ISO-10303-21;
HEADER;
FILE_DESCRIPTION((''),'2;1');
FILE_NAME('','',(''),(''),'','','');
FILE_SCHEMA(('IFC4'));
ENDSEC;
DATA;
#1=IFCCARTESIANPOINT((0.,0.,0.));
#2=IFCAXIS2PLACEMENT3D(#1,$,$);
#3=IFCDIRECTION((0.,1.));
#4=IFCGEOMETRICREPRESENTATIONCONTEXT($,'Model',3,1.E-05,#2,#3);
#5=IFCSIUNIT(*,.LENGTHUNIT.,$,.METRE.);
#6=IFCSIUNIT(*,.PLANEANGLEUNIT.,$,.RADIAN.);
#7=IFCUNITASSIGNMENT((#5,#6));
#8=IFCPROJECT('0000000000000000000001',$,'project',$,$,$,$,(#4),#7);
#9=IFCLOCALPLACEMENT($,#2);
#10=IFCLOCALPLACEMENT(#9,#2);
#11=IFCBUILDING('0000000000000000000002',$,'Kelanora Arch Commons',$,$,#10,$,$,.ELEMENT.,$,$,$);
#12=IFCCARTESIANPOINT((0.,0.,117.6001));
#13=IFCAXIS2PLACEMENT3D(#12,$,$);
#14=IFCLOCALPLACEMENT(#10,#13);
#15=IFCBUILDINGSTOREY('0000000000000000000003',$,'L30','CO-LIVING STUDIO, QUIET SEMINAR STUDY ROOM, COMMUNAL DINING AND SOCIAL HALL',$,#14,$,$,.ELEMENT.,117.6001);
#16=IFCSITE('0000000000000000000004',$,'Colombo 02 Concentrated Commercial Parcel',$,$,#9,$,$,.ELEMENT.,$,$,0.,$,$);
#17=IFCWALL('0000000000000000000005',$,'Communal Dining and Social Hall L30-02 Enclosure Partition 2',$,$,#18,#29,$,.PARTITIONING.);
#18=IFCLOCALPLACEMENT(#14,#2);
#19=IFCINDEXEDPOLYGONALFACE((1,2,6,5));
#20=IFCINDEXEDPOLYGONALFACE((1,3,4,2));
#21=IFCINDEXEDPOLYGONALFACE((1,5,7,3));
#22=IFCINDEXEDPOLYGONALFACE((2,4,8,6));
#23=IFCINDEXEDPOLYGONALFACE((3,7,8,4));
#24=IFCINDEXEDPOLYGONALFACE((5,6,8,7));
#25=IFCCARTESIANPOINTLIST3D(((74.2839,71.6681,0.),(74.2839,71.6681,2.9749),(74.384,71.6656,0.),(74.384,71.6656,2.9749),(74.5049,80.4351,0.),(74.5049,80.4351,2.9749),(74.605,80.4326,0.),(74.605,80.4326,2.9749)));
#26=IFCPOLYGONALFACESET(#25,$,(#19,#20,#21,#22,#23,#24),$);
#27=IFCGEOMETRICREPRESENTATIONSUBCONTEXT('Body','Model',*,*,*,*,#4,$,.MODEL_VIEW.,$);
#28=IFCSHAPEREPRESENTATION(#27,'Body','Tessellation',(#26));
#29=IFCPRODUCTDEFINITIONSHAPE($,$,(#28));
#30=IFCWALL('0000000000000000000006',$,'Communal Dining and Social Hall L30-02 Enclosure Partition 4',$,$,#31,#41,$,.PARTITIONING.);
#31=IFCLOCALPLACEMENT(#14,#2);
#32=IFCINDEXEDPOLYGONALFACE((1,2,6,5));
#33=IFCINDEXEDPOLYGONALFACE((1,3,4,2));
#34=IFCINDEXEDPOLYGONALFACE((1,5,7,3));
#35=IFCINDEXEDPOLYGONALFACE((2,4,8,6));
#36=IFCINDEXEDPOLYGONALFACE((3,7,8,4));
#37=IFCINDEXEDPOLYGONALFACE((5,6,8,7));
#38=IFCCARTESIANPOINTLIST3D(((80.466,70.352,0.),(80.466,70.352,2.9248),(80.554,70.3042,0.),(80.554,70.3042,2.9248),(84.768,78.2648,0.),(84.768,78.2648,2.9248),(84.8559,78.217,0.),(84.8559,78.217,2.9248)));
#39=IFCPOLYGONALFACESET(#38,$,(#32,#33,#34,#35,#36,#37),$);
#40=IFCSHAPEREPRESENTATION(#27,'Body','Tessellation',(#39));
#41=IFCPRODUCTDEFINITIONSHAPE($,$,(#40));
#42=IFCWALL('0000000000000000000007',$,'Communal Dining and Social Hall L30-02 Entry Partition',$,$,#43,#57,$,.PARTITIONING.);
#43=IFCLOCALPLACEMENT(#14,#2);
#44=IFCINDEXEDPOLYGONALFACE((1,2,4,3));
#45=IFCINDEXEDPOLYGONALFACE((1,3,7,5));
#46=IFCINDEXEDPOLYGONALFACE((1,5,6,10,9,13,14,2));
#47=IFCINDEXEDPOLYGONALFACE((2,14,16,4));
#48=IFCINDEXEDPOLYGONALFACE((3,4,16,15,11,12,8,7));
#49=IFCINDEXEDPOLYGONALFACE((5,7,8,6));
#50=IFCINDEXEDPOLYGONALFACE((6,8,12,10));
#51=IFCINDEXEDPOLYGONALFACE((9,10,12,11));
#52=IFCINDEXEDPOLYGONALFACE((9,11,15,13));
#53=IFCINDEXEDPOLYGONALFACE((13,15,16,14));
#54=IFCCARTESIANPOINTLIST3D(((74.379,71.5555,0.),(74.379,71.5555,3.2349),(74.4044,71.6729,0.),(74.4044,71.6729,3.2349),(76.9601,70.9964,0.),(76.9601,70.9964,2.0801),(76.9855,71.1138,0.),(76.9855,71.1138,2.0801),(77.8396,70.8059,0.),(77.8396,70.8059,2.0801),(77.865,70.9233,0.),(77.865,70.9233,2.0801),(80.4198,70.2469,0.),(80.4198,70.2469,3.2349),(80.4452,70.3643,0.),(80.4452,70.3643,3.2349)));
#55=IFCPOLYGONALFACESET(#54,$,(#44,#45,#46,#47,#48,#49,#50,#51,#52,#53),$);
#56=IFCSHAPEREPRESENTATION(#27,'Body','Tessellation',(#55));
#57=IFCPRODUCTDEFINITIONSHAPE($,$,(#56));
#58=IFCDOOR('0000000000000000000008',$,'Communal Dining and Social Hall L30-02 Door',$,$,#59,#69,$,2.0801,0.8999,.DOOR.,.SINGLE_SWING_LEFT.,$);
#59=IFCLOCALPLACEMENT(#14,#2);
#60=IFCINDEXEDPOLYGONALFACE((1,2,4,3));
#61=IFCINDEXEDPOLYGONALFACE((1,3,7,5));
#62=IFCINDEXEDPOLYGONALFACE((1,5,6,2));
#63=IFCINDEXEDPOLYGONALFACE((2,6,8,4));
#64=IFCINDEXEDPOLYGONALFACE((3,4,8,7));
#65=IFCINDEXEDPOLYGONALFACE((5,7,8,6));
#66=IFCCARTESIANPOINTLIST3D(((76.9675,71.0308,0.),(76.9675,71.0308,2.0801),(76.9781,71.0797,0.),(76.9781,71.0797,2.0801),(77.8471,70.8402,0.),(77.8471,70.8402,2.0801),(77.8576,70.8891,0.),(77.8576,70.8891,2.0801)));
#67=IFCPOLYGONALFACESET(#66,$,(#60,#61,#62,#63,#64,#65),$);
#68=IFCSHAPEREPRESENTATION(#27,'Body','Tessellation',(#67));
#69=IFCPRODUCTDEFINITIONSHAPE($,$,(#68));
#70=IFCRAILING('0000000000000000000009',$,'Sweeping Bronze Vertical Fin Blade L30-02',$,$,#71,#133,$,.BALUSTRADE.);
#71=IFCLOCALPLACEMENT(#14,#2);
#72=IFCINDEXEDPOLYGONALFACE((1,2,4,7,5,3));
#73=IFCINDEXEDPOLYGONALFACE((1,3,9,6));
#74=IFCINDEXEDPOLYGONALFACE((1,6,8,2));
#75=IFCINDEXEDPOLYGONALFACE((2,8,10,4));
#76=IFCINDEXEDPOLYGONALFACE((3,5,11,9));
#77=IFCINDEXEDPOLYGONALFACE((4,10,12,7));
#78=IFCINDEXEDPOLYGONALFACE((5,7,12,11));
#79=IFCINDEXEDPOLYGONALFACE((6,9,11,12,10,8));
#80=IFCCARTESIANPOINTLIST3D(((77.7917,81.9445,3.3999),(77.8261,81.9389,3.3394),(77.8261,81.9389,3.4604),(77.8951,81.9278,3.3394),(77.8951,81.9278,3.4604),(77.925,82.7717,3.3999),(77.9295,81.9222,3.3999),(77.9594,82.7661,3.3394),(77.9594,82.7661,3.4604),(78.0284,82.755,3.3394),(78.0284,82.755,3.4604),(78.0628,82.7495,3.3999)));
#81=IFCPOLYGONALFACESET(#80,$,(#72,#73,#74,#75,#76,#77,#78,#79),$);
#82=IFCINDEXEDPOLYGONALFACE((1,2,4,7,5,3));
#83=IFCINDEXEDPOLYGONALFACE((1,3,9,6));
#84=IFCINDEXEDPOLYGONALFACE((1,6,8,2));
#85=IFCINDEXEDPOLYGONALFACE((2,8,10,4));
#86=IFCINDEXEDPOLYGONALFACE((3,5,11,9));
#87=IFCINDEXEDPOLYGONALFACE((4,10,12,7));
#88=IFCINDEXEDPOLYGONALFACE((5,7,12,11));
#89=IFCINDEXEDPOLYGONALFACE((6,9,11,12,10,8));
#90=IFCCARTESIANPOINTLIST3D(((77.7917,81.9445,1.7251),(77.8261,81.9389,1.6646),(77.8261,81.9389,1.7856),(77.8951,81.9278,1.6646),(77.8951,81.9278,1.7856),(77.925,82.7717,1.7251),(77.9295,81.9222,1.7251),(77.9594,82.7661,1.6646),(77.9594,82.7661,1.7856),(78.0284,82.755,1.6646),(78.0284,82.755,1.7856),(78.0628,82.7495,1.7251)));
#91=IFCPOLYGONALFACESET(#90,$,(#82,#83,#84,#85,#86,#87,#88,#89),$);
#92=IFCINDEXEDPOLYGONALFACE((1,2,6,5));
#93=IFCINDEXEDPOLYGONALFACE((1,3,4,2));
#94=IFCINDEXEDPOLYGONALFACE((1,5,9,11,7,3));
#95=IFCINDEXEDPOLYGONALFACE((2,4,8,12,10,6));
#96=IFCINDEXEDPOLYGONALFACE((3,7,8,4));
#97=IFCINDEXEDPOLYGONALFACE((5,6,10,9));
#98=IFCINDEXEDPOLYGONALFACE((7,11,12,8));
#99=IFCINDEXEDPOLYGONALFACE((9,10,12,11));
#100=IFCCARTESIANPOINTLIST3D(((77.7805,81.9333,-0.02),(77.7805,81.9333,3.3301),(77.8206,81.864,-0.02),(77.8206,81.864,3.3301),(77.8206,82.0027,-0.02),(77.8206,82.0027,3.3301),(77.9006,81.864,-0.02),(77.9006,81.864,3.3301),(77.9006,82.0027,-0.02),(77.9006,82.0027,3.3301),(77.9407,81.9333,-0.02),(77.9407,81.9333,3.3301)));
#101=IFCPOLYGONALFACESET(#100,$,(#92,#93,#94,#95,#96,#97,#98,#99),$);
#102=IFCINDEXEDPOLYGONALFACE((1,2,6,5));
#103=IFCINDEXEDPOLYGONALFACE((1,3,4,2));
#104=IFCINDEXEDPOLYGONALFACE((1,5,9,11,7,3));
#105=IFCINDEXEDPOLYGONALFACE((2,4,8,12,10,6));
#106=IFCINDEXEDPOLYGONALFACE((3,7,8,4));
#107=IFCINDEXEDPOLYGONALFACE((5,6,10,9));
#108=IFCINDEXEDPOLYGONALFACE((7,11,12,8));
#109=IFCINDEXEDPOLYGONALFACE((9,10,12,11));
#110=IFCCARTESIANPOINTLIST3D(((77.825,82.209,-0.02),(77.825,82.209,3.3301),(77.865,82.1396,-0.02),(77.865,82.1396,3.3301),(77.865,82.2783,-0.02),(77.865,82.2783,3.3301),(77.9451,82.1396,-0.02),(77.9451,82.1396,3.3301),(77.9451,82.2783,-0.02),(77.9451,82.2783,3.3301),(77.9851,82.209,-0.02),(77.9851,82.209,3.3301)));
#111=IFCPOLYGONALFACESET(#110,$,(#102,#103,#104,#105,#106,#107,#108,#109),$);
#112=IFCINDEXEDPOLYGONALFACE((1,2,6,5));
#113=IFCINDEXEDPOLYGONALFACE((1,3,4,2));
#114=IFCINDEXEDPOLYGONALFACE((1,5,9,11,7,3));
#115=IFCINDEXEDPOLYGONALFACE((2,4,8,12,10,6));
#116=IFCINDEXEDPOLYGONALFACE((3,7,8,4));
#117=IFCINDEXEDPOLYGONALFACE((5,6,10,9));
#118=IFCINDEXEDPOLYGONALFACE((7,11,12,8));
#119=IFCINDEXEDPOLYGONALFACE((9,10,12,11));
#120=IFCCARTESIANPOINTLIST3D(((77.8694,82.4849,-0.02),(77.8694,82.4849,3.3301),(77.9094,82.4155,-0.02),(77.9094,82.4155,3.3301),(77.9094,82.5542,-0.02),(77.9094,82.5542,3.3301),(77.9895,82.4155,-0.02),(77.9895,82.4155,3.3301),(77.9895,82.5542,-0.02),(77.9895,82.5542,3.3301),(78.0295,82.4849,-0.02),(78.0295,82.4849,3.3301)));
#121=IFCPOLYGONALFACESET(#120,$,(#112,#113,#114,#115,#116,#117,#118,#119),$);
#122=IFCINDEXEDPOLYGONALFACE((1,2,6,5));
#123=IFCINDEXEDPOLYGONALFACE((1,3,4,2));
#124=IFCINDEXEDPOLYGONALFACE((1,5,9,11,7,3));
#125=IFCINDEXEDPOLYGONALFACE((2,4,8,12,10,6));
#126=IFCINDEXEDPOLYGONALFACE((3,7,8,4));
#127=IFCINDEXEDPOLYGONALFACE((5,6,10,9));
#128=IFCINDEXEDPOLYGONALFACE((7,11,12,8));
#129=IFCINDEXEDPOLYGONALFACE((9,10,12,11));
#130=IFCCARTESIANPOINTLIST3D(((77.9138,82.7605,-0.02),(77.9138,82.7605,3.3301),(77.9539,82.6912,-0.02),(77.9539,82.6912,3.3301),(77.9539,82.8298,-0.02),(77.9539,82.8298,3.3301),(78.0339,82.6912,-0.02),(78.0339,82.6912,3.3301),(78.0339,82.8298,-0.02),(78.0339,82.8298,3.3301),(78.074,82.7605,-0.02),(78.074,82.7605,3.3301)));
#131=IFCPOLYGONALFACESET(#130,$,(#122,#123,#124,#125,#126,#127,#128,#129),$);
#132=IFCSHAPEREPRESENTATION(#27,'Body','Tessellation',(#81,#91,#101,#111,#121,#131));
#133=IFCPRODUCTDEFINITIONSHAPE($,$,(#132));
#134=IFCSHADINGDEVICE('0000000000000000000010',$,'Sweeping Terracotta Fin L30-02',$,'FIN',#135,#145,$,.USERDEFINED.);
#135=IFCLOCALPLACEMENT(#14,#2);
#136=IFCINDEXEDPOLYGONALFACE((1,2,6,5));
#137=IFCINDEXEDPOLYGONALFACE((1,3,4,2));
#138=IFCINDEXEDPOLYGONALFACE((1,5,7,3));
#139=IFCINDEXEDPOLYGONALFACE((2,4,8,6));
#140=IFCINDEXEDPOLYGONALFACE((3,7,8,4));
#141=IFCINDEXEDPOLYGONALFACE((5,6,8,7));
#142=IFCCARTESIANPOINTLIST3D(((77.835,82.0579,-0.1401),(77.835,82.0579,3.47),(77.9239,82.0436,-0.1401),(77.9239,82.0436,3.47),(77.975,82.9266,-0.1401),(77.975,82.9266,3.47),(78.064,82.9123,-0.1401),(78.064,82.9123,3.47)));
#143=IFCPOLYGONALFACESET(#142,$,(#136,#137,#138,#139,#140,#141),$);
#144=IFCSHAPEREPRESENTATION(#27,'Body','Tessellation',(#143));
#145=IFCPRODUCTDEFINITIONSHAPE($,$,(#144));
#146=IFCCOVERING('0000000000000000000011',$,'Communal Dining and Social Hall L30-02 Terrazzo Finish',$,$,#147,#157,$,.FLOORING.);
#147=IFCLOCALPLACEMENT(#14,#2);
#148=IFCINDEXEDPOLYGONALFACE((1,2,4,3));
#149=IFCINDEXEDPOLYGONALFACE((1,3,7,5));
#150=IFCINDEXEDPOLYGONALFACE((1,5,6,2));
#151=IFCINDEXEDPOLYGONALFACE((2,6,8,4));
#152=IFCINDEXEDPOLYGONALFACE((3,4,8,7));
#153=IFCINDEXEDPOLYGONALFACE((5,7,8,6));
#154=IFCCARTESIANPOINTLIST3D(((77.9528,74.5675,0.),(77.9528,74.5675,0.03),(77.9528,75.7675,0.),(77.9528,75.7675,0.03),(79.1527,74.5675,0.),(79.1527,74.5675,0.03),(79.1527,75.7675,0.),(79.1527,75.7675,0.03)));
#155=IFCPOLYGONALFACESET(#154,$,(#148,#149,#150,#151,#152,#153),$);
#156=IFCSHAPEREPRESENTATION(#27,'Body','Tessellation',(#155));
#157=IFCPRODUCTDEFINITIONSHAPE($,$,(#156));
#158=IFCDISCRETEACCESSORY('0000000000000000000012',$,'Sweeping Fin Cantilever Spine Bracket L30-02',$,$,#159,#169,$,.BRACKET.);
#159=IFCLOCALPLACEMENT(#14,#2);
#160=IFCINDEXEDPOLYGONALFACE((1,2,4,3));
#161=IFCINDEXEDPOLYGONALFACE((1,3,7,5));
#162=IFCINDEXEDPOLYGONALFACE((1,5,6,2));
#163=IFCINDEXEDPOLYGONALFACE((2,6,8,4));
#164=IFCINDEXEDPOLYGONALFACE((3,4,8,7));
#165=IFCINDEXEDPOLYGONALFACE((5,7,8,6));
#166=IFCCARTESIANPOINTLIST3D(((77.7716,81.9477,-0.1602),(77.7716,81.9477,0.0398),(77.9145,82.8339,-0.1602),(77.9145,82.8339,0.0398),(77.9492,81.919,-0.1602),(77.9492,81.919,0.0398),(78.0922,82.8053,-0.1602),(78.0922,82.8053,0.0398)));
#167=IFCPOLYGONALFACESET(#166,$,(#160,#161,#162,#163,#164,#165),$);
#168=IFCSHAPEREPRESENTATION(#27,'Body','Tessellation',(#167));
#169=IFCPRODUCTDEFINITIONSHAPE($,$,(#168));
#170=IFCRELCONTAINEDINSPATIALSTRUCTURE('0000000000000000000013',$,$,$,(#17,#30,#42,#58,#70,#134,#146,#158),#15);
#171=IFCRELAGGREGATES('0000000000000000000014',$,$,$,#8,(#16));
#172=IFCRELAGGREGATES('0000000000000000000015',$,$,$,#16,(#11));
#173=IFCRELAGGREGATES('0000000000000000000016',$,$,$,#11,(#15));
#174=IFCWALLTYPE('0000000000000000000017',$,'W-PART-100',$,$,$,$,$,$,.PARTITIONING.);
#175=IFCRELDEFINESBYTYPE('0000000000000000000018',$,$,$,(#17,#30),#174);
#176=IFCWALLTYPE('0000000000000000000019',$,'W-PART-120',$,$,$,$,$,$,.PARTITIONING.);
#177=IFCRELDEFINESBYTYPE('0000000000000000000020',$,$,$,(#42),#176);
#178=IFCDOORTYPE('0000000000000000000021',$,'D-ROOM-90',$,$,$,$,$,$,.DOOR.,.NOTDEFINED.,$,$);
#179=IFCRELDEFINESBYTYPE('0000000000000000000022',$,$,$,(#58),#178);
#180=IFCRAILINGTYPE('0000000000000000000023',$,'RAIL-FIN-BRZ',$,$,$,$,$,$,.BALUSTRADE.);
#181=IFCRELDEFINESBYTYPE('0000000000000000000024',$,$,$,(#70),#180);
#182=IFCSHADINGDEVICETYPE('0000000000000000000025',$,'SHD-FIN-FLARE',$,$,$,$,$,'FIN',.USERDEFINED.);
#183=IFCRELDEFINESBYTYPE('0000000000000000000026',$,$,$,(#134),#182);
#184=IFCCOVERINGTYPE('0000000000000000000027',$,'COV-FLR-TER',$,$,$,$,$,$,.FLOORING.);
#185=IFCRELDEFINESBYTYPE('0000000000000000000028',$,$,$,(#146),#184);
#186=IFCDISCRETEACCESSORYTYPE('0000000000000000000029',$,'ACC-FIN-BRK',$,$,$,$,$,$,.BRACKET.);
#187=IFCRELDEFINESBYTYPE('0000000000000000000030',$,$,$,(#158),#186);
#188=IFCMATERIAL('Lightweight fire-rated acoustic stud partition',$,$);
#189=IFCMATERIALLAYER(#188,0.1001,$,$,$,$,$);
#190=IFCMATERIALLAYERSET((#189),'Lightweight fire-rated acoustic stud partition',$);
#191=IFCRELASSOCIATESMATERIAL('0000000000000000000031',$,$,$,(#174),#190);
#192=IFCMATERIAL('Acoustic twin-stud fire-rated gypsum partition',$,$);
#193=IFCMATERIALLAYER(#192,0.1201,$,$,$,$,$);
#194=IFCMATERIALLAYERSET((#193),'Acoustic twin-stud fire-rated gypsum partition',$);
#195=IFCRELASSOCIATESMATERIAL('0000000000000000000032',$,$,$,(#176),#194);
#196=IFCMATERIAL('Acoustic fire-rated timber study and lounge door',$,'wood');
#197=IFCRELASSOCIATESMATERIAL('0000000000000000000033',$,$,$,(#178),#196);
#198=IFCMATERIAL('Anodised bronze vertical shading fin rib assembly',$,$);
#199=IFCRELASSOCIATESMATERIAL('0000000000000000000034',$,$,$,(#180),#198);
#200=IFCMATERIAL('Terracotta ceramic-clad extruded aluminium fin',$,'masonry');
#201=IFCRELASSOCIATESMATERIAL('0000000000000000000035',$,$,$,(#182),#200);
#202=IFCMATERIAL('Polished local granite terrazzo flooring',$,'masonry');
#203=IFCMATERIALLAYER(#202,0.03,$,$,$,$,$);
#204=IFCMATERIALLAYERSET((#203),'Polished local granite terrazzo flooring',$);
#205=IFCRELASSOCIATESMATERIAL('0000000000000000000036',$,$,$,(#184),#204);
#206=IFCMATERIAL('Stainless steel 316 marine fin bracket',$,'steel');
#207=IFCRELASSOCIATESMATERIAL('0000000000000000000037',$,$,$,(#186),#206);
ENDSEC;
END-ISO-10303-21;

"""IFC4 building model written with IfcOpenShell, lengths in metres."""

from ifc_helpers import new_model, si_unit, direction, frame, frame_2d, origin, origin_2d, place, context, subcontext, project, spatial, polyline, rectangle, outline, extrude, source, transform, mapped, material, layer, layer_set, type_object, element, fill, save


model = new_model("IFC4")

# Units and contexts
model_context = context("Model", 3, precision=1e-05, world=origin(), true_north=direction((0.0, 1.0)))
body_context = subcontext(model_context, "Body", "Model", "MODEL_VIEW")
ifc_project = project(units=[si_unit("LENGTHUNIT", "METRE"), si_unit("PLANEANGLEUNIT", "RADIAN")], contexts=[model_context])

# Site, building, storey
site_placement = place(None, origin())
site = spatial("IfcSite", under=ifc_project, at=site_placement, Name="Colombo 02 Concentrated Commercial Parcel", CompositionType="ELEMENT", RefElevation=0.0)
building_placement = place(site_placement, origin())
building = spatial("IfcBuilding", under=site, at=building_placement, Name="Kelanora Arch Commons", CompositionType="ELEMENT")
storey_placement = place(building_placement, frame((0.0, 0.0, 117.6001)))
storey = spatial("IfcBuildingStorey", under=building, at=storey_placement, Name="L30", Description="CO-LIVING STUDIO, QUIET SEMINAR STUDY ROOM, COMMUNAL DINING AND SOCIAL HALL", CompositionType="ELEMENT", Elevation=117.6001)

# Walls
ifc_material_1 = material(Name="Lightweight fire-rated acoustic stud partition")
ifc_layer_1 = layer(ifc_material_1, 0.1001)
ifc_layer_set_1 = layer_set([ifc_layer_1], Name="Lightweight fire-rated acoustic stud partition")
wall_type_1 = type_object("IfcWallType", Name="W-PART-100", PredefinedType="PARTITIONING", material=ifc_layer_set_1)
wall_1_placement = place(storey_placement, frame((74.334, 71.667, 0.0), z_axis=(0.0, 0.0, 1.0), x_axis=(0.025194, 0.999683, 0.0)))
element("IfcWall", 1, at=wall_1_placement, inside=storey, type_object=wall_type_1, Name="Communal Dining and Social Hall L30-02 Enclosure Partition 2", PredefinedType="PARTITIONING", context=body_context, shape_type="SweptSolid", body=[
    extrude(rectangle(XDim=8.7698, YDim=0.1001, at=frame_2d((4.3848, 0.0))), origin(), (0.0, 0.0, 1.0), 2.9749),
])
wall_2_placement = place(storey_placement, frame((84.812, 78.241, 0.0), z_axis=(0.0, 0.0, 1.0), x_axis=(-0.477646, -0.878553, 0.0)))
element("IfcWall", 2, at=wall_2_placement, inside=storey, type_object=wall_type_1, Name="Communal Dining and Social Hall L30-02 Enclosure Partition 4", PredefinedType="PARTITIONING", context=body_context, shape_type="SweptSolid", body=[
    extrude(rectangle(XDim=9.0066, YDim=0.1001, at=frame_2d((4.5034, 0.0))), origin(), (0.0, 0.0, 1.0), 2.9248),
])

# Wall, opening, door
ifc_material_2 = material(Name="Acoustic twin-stud fire-rated gypsum partition")
ifc_layer_2 = layer(ifc_material_2, 0.1201)
ifc_layer_set_2 = layer_set([ifc_layer_2], Name="Acoustic twin-stud fire-rated gypsum partition")
wall_type_2 = type_object("IfcWallType", Name="W-PART-120", PredefinedType="PARTITIONING", material=ifc_layer_set_2)
wall_3_placement = place(storey_placement, frame((80.4324, 70.3057, 0.0), z_axis=(0.0, 0.0, 1.0), x_axis=(-0.977331, 0.211716, 0.0)))
wall_3 = element("IfcWall", 3, at=wall_3_placement, inside=storey, type_object=wall_type_2, Name="Communal Dining and Social Hall L30-02 Entry Partition", PredefinedType="PARTITIONING", context=body_context, shape_type="SweptSolid", body=[
    extrude(rectangle(XDim=6.1809, YDim=0.1201, at=frame_2d((3.0903, 0.0))), origin(), (0.0, 0.0, 1.0), 3.2349),
])
opening_1_placement = place(wall_3_placement, frame((2.6399, 0.0, 0.0)))
opening_1 = element("IfcOpeningElement", 4, at=opening_1_placement, cuts=wall_3, PredefinedType="OPENING", context=body_context, shape_type="SweptSolid", body=[
    extrude(rectangle(XDim=0.8999, YDim=2.0801, at=frame_2d((0.45, 1.04))), frame((0.0, 0.0701, 0.0), z_axis=(0.0, -1.0, 0.0), x_axis=(1.0, 0.0, 0.0)), (0.0, 0.0, 1.0), 0.1401),
])
ifc_material_3 = material(Name="Acoustic fire-rated timber study and lounge door", Category="wood")
door_type = type_object("IfcDoorType", Name="D-ROOM-90", OperationType="NOTDEFINED", PredefinedType="DOOR", material=ifc_material_3)
door_placement = place(opening_1_placement, origin())
door = element("IfcDoor", 5, at=door_placement, inside=storey, type_object=door_type, Name="Communal Dining and Social Hall L30-02 Door", OperationType="SINGLE_SWING_LEFT", OverallHeight=2.0801, OverallWidth=0.8999, PredefinedType="DOOR", context=body_context, shape_type="SweptSolid", body=[
    extrude(rectangle(XDim=0.8999, YDim=2.0801, at=frame_2d((0.45, 1.04))), frame((0.0, 0.0249, 0.0), z_axis=(0.0, -1.0, 0.0), x_axis=(1.0, 0.0, 0.0)), (0.0, 0.0, 1.0), 0.05),
])
fill(opening_1, door)

# Railing
ifc_material_4 = material(Name="Anodised bronze vertical shading fin rib assembly")
railing_type = type_object("IfcRailingType", Name="RAIL-FIN-BRZ", PredefinedType="BALUSTRADE", material=ifc_material_4)
railing_placement = place(storey_placement, frame((77.8606, 81.9333, -0.02)))
element("IfcRailing", 6, at=railing_placement, inside=storey, type_object=railing_type, Name="Sweeping Bronze Vertical Fin Blade L30-02", PredefinedType="BALUSTRADE", context=body_context, shape_type="SweptSolid", body=[
    extrude(outline(polyline([(0.0698, 0.0), (0.0349, 0.0605), (-0.0349, 0.0605), (-0.0698, 0.0), (-0.0349, -0.0605), (0.0349, -0.0605), (0.0698, 0.0)])), frame((0.0, 0.0, 3.4199), z_axis=(0.159104, 0.987262, 0.0), x_axis=(-0.987262, 0.159104, 0.0)), (0.0, 0.0, 1.0), 0.8379),
    extrude(outline(polyline([(0.0698, 0.0), (0.0349, 0.0605), (-0.0349, 0.0605), (-0.0698, 0.0), (-0.0349, -0.0605), (0.0349, -0.0605), (0.0698, 0.0)])), frame((0.0, 0.0, 1.7451), z_axis=(0.159104, 0.987262, 0.0), x_axis=(-0.987262, 0.159104, 0.0)), (0.0, 0.0, 1.0), 0.8379),
    extrude(outline(polyline([(0.0801, 0.0), (0.04, 0.0693), (-0.04, 0.0693), (-0.0801, 0.0), (-0.04, -0.0693), (0.04, -0.0693), (0.0801, 0.0)])), origin(), (0.0, 0.0, 1.0), 3.3501),
    extrude(outline(polyline([(0.0801, 0.0), (0.04, 0.0693), (-0.04, 0.0693), (-0.0801, 0.0), (-0.04, -0.0693), (0.04, -0.0693), (0.0801, 0.0)])), frame((0.0444, 0.2756, 0.0)), (0.0, 0.0, 1.0), 3.3501),
    extrude(outline(polyline([(0.0801, 0.0), (0.04, 0.0693), (-0.04, 0.0693), (-0.0801, 0.0), (-0.04, -0.0693), (0.04, -0.0693), (0.0801, 0.0)])), frame((0.0889, 0.5515, 0.0)), (0.0, 0.0, 1.0), 3.3501),
    extrude(outline(polyline([(0.0801, 0.0), (0.04, 0.0693), (-0.04, 0.0693), (-0.0801, 0.0), (-0.04, -0.0693), (0.04, -0.0693), (0.0801, 0.0)])), frame((0.1333, 0.8271, 0.0)), (0.0, 0.0, 1.0), 3.3501),
])

# Shading device
ifc_material_5 = material(Name="Terracotta ceramic-clad extruded aluminium fin", Category="masonry")
shading_device_type = type_object("IfcShadingDeviceType", Name="SHD-FIN-FLARE", ElementType="FIN", PredefinedType="USERDEFINED", material=ifc_material_5)
shared_shape_1 = source(origin(), body_context, "Body", "SweptSolid", [
    extrude(rectangle(XDim=0.8799, YDim=0.0901, at=origin_2d()), origin(), (0.0, 0.0, 1.0), 3.6101),
])
shading_device_placement = place(storey_placement, frame((77.9495, 82.4851, -0.1401), z_axis=(0.0, 0.0, 1.0), x_axis=(0.159192, 0.987248, 0.0)))
element("IfcShadingDevice", 7, at=shading_device_placement, inside=storey, type_object=shading_device_type, Name="Sweeping Terracotta Fin L30-02", ObjectType="FIN", PredefinedType="USERDEFINED", context=body_context, shape_type="MappedRepresentation", body=[
    mapped(shared_shape_1, transform((0.0, 0.0, 0.0), scale=1.0)),
])

# Covering
ifc_material_6 = material(Name="Polished local granite terrazzo flooring", Category="masonry")
ifc_layer_3 = layer(ifc_material_6, 0.03)
ifc_layer_set_3 = layer_set([ifc_layer_3], Name="Polished local granite terrazzo flooring")
covering_type = type_object("IfcCoveringType", Name="COV-FLR-TER", PredefinedType="FLOORING", material=ifc_layer_set_3)
shared_shape_2 = source(origin(), body_context, "Body", "SweptSolid", [
    extrude(rectangle(XDim=1.2, YDim=1.2, at=origin_2d()), origin(), (0.0, 0.0, 1.0), 0.03),
])
covering_placement = place(storey_placement, frame((78.5527, 75.1675, 0.0), z_axis=(0.0, 0.0, 1.0), x_axis=(1.0, 0.0, 0.0)))
element("IfcCovering", 8, at=covering_placement, inside=storey, type_object=covering_type, Name="Communal Dining and Social Hall L30-02 Terrazzo Finish", PredefinedType="FLOORING", context=body_context, shape_type="MappedRepresentation", body=[
    mapped(shared_shape_2, transform((0.0, 0.0, 0.0), scale=1.0)),
])

# Discrete accessory
ifc_material_7 = material(Name="Stainless steel 316 marine fin bracket", Category="steel")
discrete_accessory_type = type_object("IfcDiscreteAccessoryType", Name="ACC-FIN-BRK", PredefinedType="BRACKET", material=ifc_material_7)
shared_shape_3 = source(origin(), body_context, "Body", "SweptSolid", [
    extrude(rectangle(XDim=0.8977, YDim=0.1799, at=origin_2d()), origin(), (0.0, 0.0, 1.0), 0.2),
])
discrete_accessory_placement = place(storey_placement, frame((77.9319, 82.3765, -0.1602), z_axis=(0.0, 0.0, 1.0), x_axis=(0.159192, 0.987248, 0.0)))
element("IfcDiscreteAccessory", 9, at=discrete_accessory_placement, inside=storey, type_object=discrete_accessory_type, Name="Sweeping Fin Cantilever Spine Bracket L30-02", PredefinedType="BRACKET", context=body_context, shape_type="MappedRepresentation", body=[
    mapped(shared_shape_3, transform((0.0, 0.0, 0.0), scale=1.0)),
])

save(model, "model.ifc")
